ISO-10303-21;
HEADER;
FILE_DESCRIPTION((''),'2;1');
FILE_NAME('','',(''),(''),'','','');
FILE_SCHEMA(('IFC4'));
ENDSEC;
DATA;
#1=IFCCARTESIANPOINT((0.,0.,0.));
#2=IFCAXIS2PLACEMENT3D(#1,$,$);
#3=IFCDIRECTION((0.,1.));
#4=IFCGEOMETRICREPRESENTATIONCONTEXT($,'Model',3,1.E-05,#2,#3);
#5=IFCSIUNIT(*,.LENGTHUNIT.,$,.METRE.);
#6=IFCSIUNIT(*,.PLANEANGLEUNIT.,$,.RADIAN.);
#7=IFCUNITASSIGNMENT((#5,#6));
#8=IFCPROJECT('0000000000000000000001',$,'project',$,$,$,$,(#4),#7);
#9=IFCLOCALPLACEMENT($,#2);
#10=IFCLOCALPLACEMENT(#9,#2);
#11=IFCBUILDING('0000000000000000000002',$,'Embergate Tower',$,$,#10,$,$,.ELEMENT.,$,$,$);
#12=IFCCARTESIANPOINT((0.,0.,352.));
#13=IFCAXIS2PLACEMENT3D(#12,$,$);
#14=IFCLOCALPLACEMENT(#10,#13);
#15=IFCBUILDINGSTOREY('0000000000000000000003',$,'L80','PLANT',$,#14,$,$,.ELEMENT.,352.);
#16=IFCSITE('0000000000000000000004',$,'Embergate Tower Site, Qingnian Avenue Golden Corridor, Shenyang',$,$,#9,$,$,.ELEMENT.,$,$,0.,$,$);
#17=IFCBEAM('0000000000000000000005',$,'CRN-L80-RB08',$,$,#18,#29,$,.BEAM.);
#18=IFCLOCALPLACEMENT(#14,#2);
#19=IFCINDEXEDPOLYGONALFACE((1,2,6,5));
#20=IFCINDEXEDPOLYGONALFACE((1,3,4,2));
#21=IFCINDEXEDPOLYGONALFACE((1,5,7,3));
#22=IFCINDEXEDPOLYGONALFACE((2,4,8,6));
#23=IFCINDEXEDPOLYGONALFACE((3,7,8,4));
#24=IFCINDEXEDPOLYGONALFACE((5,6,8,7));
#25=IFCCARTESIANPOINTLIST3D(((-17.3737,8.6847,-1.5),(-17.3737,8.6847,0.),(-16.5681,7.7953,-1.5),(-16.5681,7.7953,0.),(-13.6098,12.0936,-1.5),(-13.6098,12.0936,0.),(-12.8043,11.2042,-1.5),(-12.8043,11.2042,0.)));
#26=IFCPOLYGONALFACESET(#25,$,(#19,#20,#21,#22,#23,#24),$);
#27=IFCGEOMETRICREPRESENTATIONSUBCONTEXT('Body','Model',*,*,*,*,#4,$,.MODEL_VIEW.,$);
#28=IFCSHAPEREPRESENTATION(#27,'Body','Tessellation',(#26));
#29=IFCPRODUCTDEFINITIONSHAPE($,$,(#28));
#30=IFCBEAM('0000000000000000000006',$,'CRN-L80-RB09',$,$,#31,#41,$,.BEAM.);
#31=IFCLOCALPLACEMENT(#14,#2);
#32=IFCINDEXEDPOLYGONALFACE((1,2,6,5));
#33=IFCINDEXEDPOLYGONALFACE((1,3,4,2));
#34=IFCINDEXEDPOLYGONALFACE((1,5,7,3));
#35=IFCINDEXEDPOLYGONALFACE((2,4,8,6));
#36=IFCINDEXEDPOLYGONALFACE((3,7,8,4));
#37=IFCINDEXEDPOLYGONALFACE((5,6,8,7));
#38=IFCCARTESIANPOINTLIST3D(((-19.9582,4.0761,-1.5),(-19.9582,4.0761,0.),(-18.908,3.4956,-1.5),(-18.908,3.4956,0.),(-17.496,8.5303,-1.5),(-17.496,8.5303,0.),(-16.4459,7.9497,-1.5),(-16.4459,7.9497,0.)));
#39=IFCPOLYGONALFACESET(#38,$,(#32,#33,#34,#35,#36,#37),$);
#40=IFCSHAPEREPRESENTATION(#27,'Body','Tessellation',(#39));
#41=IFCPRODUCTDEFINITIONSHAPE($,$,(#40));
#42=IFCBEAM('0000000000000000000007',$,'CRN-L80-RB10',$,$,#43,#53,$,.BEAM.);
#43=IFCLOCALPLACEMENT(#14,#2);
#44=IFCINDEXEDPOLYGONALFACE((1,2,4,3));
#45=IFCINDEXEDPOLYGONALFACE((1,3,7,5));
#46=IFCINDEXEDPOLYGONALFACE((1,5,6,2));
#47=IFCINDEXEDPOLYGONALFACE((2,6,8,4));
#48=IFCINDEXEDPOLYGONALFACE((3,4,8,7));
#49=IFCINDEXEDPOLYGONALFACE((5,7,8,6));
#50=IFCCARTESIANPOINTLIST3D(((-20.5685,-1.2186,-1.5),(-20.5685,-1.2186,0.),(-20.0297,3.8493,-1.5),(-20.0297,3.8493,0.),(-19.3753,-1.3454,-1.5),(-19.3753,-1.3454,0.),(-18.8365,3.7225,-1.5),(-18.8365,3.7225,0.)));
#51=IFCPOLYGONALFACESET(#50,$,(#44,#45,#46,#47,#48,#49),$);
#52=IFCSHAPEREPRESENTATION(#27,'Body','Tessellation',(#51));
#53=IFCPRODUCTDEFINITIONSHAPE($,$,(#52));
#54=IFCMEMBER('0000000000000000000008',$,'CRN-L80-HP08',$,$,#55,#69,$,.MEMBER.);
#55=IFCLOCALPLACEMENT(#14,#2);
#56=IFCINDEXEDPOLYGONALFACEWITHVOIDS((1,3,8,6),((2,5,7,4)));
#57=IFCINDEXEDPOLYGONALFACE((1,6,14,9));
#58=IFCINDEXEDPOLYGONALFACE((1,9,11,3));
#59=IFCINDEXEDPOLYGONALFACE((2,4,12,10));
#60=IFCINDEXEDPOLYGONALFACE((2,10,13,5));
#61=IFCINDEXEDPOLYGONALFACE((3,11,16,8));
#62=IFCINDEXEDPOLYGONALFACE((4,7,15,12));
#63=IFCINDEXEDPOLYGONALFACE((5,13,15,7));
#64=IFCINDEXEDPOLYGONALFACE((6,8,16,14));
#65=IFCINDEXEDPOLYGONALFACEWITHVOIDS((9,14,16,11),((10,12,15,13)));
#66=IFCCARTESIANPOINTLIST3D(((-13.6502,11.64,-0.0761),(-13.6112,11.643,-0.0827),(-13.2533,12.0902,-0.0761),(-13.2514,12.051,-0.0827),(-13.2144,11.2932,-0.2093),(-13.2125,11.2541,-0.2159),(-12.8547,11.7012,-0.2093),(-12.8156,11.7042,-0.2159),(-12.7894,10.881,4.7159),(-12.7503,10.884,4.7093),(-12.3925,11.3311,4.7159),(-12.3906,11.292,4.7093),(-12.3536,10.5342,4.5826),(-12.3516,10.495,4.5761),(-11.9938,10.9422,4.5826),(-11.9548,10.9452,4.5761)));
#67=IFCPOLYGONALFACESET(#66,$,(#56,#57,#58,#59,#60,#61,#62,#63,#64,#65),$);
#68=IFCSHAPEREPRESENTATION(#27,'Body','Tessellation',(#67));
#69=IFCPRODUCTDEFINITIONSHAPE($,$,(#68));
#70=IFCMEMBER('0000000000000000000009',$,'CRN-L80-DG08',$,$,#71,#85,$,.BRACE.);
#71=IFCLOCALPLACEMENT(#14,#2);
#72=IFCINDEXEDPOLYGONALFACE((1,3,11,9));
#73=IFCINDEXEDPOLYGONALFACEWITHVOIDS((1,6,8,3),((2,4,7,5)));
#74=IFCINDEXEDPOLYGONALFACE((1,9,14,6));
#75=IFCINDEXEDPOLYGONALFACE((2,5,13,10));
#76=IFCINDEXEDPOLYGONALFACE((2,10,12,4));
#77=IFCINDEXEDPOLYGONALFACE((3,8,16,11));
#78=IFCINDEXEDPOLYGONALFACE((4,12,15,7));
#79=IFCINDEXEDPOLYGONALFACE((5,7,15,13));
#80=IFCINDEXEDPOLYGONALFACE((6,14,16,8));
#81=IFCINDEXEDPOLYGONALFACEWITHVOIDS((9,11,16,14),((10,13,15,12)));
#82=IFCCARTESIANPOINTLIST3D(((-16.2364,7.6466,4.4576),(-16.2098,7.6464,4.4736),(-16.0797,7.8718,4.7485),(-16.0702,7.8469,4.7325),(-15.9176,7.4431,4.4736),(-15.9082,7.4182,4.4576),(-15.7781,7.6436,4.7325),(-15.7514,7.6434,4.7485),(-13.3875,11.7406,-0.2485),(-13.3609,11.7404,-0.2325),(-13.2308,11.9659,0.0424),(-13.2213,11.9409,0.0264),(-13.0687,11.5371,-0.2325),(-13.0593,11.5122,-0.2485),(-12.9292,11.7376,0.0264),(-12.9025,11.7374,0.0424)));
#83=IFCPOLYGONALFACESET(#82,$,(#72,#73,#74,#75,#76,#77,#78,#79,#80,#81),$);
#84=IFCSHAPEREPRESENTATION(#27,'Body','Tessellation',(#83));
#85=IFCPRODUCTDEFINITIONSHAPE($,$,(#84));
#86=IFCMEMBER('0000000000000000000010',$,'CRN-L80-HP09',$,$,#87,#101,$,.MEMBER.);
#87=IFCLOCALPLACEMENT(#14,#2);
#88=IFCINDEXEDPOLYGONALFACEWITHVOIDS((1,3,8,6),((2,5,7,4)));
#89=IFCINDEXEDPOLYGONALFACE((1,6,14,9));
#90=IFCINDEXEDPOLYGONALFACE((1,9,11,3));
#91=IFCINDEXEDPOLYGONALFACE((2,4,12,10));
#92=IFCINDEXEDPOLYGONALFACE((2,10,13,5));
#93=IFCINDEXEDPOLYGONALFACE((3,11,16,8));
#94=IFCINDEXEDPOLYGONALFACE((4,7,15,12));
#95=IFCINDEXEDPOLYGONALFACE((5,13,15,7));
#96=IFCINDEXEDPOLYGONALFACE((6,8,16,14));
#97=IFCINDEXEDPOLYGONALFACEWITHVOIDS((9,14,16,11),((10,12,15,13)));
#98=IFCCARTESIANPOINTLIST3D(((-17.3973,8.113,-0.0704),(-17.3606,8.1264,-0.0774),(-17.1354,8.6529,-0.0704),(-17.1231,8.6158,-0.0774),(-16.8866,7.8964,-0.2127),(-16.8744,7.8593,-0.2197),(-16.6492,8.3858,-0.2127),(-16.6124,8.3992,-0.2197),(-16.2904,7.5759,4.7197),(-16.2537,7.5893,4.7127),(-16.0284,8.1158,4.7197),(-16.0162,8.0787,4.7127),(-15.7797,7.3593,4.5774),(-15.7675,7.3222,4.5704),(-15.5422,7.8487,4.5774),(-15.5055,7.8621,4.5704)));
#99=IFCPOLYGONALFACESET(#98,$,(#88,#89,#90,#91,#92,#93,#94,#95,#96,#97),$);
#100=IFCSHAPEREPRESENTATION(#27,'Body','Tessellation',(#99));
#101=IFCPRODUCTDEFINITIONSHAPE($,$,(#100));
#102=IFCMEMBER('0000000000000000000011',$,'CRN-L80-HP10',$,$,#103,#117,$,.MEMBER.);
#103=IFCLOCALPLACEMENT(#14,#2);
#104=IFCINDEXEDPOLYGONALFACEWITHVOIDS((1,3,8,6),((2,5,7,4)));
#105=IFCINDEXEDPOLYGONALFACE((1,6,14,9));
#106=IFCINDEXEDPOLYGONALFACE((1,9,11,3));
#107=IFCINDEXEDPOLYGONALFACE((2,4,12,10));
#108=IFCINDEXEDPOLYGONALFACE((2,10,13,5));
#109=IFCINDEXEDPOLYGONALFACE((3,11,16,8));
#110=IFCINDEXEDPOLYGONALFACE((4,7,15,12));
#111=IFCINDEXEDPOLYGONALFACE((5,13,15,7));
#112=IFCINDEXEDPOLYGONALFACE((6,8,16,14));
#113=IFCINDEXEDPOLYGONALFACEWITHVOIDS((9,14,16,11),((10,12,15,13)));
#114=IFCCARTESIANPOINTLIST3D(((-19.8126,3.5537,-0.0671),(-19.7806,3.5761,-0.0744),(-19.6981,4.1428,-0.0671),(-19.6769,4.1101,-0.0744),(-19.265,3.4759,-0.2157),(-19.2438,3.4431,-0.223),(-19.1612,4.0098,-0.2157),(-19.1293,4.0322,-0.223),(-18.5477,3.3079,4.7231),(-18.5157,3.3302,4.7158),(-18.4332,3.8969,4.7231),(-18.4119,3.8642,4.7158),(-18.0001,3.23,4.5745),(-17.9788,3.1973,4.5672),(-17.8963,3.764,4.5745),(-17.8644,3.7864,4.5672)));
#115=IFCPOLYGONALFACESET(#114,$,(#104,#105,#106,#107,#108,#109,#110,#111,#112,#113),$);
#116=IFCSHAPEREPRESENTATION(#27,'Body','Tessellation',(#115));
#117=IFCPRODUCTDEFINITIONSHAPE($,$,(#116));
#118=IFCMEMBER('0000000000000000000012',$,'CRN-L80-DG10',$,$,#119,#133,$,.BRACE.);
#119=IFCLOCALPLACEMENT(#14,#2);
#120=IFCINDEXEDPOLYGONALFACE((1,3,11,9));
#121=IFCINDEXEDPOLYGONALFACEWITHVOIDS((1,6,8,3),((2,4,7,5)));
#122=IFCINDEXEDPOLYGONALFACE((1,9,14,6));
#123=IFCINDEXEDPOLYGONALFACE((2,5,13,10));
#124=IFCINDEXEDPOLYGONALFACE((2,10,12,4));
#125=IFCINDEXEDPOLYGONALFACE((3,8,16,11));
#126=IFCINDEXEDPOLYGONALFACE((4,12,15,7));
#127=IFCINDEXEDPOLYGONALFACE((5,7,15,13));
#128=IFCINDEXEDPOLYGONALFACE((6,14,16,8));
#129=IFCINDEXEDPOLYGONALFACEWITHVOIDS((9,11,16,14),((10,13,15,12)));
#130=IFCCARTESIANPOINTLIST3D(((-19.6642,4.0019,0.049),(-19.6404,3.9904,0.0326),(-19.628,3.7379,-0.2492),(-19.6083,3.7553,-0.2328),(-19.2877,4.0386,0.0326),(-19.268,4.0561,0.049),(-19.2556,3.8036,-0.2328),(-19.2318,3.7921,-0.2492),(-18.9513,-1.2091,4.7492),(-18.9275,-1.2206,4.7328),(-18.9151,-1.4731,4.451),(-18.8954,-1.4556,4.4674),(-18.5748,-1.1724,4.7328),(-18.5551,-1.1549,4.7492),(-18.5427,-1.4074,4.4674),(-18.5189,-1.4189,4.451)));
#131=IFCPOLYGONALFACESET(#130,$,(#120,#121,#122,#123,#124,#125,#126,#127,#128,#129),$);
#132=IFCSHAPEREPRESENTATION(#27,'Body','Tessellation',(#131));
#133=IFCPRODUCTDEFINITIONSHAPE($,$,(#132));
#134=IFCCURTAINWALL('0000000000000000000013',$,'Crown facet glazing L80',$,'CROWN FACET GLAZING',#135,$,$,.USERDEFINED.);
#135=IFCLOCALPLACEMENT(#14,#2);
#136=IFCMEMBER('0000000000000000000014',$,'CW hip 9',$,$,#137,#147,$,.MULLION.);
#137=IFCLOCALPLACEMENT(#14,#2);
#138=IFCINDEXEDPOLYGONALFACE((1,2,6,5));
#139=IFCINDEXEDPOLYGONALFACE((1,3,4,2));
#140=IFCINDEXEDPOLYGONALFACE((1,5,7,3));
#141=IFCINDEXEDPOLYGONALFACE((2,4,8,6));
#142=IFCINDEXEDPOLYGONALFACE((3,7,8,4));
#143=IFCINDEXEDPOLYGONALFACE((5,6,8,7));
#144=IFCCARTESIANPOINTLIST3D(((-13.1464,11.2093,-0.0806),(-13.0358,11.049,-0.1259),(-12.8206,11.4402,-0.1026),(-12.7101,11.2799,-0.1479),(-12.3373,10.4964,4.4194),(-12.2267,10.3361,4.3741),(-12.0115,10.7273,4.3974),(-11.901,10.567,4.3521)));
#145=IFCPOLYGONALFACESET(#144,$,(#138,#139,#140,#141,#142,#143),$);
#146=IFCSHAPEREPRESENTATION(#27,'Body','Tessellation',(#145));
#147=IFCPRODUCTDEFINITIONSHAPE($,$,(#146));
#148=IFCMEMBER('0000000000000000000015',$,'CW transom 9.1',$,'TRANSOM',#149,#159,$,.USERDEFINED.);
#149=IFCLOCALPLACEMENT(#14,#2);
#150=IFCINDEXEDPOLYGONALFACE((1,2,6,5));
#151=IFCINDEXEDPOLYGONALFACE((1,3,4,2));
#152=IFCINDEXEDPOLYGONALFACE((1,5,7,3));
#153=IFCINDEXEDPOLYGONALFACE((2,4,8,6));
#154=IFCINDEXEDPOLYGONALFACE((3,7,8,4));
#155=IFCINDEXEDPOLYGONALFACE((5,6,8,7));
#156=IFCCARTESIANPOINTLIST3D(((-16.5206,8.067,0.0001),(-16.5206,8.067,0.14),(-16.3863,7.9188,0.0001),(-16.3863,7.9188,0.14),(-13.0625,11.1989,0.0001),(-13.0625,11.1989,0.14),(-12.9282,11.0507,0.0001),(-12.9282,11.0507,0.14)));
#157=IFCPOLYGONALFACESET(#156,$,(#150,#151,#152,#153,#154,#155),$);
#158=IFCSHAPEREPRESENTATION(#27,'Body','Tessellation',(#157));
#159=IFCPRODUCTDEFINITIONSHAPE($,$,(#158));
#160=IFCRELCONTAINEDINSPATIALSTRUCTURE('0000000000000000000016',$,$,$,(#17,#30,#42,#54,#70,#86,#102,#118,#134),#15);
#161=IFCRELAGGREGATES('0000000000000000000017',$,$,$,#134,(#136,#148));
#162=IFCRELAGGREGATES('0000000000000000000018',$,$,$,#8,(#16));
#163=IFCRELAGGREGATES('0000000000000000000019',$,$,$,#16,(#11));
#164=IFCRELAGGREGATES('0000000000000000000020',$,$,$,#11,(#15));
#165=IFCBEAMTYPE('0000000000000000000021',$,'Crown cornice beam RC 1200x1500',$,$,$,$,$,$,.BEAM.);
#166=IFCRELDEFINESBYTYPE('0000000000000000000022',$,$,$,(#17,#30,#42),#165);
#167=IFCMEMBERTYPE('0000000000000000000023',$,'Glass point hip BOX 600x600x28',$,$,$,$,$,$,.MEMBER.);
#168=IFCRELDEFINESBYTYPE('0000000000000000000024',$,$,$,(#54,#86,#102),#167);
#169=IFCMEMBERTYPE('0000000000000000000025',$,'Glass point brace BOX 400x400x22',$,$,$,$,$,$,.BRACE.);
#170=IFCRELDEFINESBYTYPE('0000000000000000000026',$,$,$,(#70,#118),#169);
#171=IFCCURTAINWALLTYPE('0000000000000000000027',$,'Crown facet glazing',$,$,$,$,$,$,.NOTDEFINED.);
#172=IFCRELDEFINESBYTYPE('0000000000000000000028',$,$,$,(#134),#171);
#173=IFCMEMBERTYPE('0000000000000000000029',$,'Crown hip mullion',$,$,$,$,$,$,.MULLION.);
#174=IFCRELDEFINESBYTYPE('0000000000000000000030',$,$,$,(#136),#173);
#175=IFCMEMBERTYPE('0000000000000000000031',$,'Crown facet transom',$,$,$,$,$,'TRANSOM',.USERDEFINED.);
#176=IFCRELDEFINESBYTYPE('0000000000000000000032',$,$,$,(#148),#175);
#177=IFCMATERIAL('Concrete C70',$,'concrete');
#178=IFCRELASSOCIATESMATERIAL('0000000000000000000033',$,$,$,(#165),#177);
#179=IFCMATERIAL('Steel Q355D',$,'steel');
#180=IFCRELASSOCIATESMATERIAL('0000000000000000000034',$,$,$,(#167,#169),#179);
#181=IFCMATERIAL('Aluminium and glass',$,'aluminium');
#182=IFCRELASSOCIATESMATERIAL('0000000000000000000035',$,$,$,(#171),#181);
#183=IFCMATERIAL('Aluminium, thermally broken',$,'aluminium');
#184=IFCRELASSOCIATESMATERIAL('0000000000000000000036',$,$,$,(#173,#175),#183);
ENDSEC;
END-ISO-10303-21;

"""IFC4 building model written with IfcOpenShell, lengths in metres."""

from ifc_helpers import new_model, si_unit, direction, frame, origin, origin_2d, place, context, subcontext, project, spatial, rectangle, hollow_rectangle, extrude, source, transform, mapped, material, material_profile, profile_set, type_object, element, aggregate, save


model = new_model("IFC4")

# Units and contexts
model_context = context("Model", 3, precision=1e-05, world=origin(), true_north=direction((0.0, 1.0)))
body_context = subcontext(model_context, "Body", "Model", "MODEL_VIEW")
ifc_project = project(units=[si_unit("LENGTHUNIT", "METRE"), si_unit("PLANEANGLEUNIT", "RADIAN")], contexts=[model_context])

# Site, building, storey
site_placement = place(None, origin())
site = spatial("IfcSite", under=ifc_project, at=site_placement, Name="Embergate Tower Site, Qingnian Avenue Golden Corridor, Shenyang", CompositionType="ELEMENT", RefElevation=0.0)
building_placement = place(site_placement, origin())
building = spatial("IfcBuilding", under=site, at=building_placement, Name="Embergate Tower", CompositionType="ELEMENT")
storey_placement = place(building_placement, frame((0.0, 0.0, 352.0)))
storey = spatial("IfcBuildingStorey", under=building, at=storey_placement, Name="L80", Description="PLANT", CompositionType="ELEMENT", Elevation=352.0)

# Beams
ifc_material_1 = material(Name="Concrete C70", Category="concrete")
ifc_material_profile_1 = material_profile(ifc_material_1, rectangle(XDim=1.2, YDim=1.5, at=origin_2d()), Name="RC 1200x1500")
ifc_profile_set_1 = profile_set([ifc_material_profile_1], Name="Concrete C70")
beam_type = type_object("IfcBeamType", Name="Crown cornice beam RC 1200x1500", PredefinedType="BEAM", material=ifc_profile_set_1)
shared_shape_1 = source(origin(), body_context, "Body", "SweptSolid", [
    extrude(rectangle(XDim=1.2, YDim=1.5, at=origin_2d()), origin(), (0.0, 0.0, 1.0), 5.0781),
])
beam_1_placement = place(storey_placement, frame((-13.207, 11.6489, -0.75), z_axis=(-0.741194, -0.671291, 0.0), x_axis=(0.671291, -0.741194, 0.0)))
element("IfcBeam", 1, at=beam_1_placement, inside=storey, type_object=beam_type, Name="CRN-L80-RB08", PredefinedType="BEAM", context=body_context, shape_type="MappedRepresentation", body=[
    mapped(shared_shape_1, transform((0.0, 0.0, 0.0))),
])
shared_shape_2 = source(origin(), body_context, "Body", "SweptSolid", [
    extrude(rectangle(XDim=1.2, YDim=1.5, at=origin_2d()), origin(), (0.0, 0.0, 1.0), 5.0894),
])
beam_2_placement = place(storey_placement, frame((-16.9709, 8.24, -0.75), z_axis=(-0.483789, -0.875185, 0.0), x_axis=(0.875185, -0.483789, 0.0)))
element("IfcBeam", 2, at=beam_2_placement, inside=storey, type_object=beam_type, Name="CRN-L80-RB09", PredefinedType="BEAM", context=body_context, shape_type="MappedRepresentation", body=[
    mapped(shared_shape_2, transform((0.0, 0.0, 0.0))),
])
shared_shape_3 = source(origin(), body_context, "Body", "SweptSolid", [
    extrude(rectangle(XDim=1.2, YDim=1.5, at=origin_2d()), origin(), (0.0, 0.0, 1.0), 5.0964),
])
beam_3_placement = place(storey_placement, frame((-19.4331, 3.7859, -0.75), z_axis=(-0.105725, -0.994395, 0.0), x_axis=(0.994395, -0.105725, 0.0)))
element("IfcBeam", 3, at=beam_3_placement, inside=storey, type_object=beam_type, Name="CRN-L80-RB10", PredefinedType="BEAM", context=body_context, shape_type="MappedRepresentation", body=[
    mapped(shared_shape_3, transform((0.0, 0.0, 0.0))),
])

# Members
ifc_material_2 = material(Name="Steel Q355D", Category="steel")
ifc_material_profile_2 = material_profile(ifc_material_2, hollow_rectangle(XDim=0.6001, YDim=0.6001, WallThickness=0.0281, at=origin_2d()), Name="BOX 600x600x28")
ifc_profile_set_2 = profile_set([ifc_material_profile_2], Name="Steel Q355 grade D")
member_type_1 = type_object("IfcMemberType", Name="Glass point hip BOX 600x600x28", PredefinedType="MEMBER", material=ifc_profile_set_2)
shared_shape_4 = source(origin(), body_context, "Body", "SweptSolid", [
    extrude(hollow_rectangle(XDim=0.6001, YDim=0.6001, WallThickness=0.0281, at=origin_2d()), origin(), (0.0, 0.0, 1.0), 4.9275),
])
member_1_placement = place(storey_placement, frame((-13.2329, 11.6721, -0.146), z_axis=(0.174701, -0.15404, 0.972497), x_axis=(0.661361, 0.750068, 0.0)))
element("IfcMember", 4, at=member_1_placement, inside=storey, type_object=member_type_1, Name="CRN-L80-HP08", PredefinedType="MEMBER", context=body_context, shape_type="MappedRepresentation", body=[
    mapped(shared_shape_4, transform((0.0, 0.0, 0.0))),
])
ifc_material_profile_3 = material_profile(ifc_material_2, hollow_rectangle(XDim=0.3999, YDim=0.3999, WallThickness=0.022, at=origin_2d()), Name="BOX 400x400x22")
ifc_profile_set_3 = profile_set([ifc_material_profile_3], Name="Steel Q355 grade D")
member_type_2 = type_object("IfcMemberType", Name="Glass point brace BOX 400x400x22", PredefinedType="BRACE", material=ifc_profile_set_3)
shared_shape_5 = source(origin(), body_context, "Body", "SweptSolid", [
    extrude(hollow_rectangle(XDim=0.3999, YDim=0.3999, WallThickness=0.022, at=origin_2d()), origin(), (0.0, 0.0, 1.0), 6.8574),
])
member_2_placement = place(storey_placement, frame((-13.145, 11.739, -0.103), z_axis=(-0.415446, -0.597019, 0.686275), x_axis=(0.820822, -0.571184, 0.0)))
element("IfcMember", 5, at=member_2_placement, inside=storey, type_object=member_type_2, Name="CRN-L80-DG08", PredefinedType="BRACE", context=body_context, shape_type="MappedRepresentation", body=[
    mapped(shared_shape_5, transform((0.0, 0.0, 0.0))),
])
shared_shape_6 = source(origin(), body_context, "Body", "SweptSolid", [
    extrude(hollow_rectangle(XDim=0.6001, YDim=0.6001, WallThickness=0.0281, at=origin_2d()), origin(), (0.0, 0.0, 1.0), 4.9456),
])
member_3_placement = place(storey_placement, frame((-17.0049, 8.2561, -0.145), z_axis=(0.223825, -0.108605, 0.968559), x_axis=(0.436546, 0.899682, 0.0)))
element("IfcMember", 6, at=member_3_placement, inside=storey, type_object=member_type_1, Name="CRN-L80-HP09", PredefinedType="MEMBER", context=body_context, shape_type="MappedRepresentation", body=[
    mapped(shared_shape_6, transform((0.0, 0.0, 0.0))),
])
shared_shape_7 = source(origin(), body_context, "Body", "SweptSolid", [
    extrude(hollow_rectangle(XDim=0.6001, YDim=0.6001, WallThickness=0.0281, at=origin_2d()), origin(), (0.0, 0.0, 1.0), 4.9604),
])
member_4_placement = place(storey_placement, frame((-19.4709, 3.793, -0.145), z_axis=(0.255002, -0.049563, 0.96567), x_axis=(0.190794, 0.98163, 0.0)))
element("IfcMember", 7, at=member_4_placement, inside=storey, type_object=member_type_1, Name="CRN-L80-HP10", PredefinedType="MEMBER", context=body_context, shape_type="MappedRepresentation", body=[
    mapped(shared_shape_7, transform((0.0, 0.0, 0.0))),
])
shared_shape_8 = source(origin(), body_context, "Body", "SweptSolid", [
    extrude(hollow_rectangle(XDim=0.3999, YDim=0.3999, WallThickness=0.022, at=origin_2d()), origin(), (0.0, 0.0, 1.0), 7.0537),
])
member_5_placement = place(storey_placement, frame((-19.448, 3.897, -0.1001), z_axis=(0.101067, -0.738758, 0.66635), x_axis=(0.990771, 0.135544, 0.0)))
element("IfcMember", 8, at=member_5_placement, inside=storey, type_object=member_type_2, Name="CRN-L80-DG10", PredefinedType="BRACE", context=body_context, shape_type="MappedRepresentation", body=[
    mapped(shared_shape_8, transform((0.0, 0.0, 0.0))),
])

# Curtain wall, members
ifc_material_3 = material(Name="Aluminium and glass", Category="aluminium")
curtain_wall_type = type_object("IfcCurtainWallType", Name="Crown facet glazing", PredefinedType="NOTDEFINED", material=ifc_material_3)
curtain_wall_placement = place(storey_placement, origin())
curtain_wall = element("IfcCurtainWall", 9, at=curtain_wall_placement, inside=storey, type_object=curtain_wall_type, Name="Crown facet glazing L80", ObjectType="CROWN FACET GLAZING", PredefinedType="USERDEFINED")
ifc_material_4 = material(Name="Aluminium, thermally broken", Category="aluminium")
ifc_material_profile_4 = material_profile(ifc_material_4, rectangle(XDim=0.2, YDim=0.3999, at=origin_2d()), Name="AL 400x200")
ifc_profile_set_4 = profile_set([ifc_material_profile_4], Name="Aluminium, thermally broken")
member_type_3 = type_object("IfcMemberType", Name="Crown hip mullion", PredefinedType="MULLION", material=ifc_profile_set_4)
shared_shape_9 = source(origin(), body_context, "Body", "SweptSolid", [
    extrude(rectangle(XDim=0.2, YDim=0.3999, at=origin_2d()), origin(), (0.0, 0.0, 1.0), 4.6274),
])
member_6_placement = place(storey_placement, frame((-12.9282, 11.2446, -0.1143), z_axis=(0.174846, -0.154059, 0.972468), x_axis=(-0.553027, 0.801798, 0.226453)))
member_6 = element("IfcMember", 10, at=member_6_placement, type_object=member_type_3, Name="CW hip 9", PredefinedType="MULLION", context=body_context, shape_type="MappedRepresentation", body=[
    mapped(shared_shape_9, transform((0.0, 0.0, 0.0))),
])
ifc_material_profile_5 = material_profile(ifc_material_4, rectangle(XDim=0.2, YDim=0.1399, at=origin_2d()), Name="AL 140x200")
ifc_profile_set_5 = profile_set([ifc_material_profile_5], Name="Aluminium, thermally broken")
member_type_4 = type_object("IfcMemberType", Name="Crown facet transom", ElementType="TRANSOM", PredefinedType="USERDEFINED", material=ifc_profile_set_5)
shared_shape_10 = source(origin(), body_context, "Body", "SweptSolid", [
    extrude(rectangle(XDim=0.2, YDim=0.1399, at=origin_2d()), origin(), (0.0, 0.0, 1.0), 4.6655),
])
member_7_placement = place(storey_placement, frame((-12.9954, 11.1248, 0.0701), z_axis=(-0.741198, -0.671286, 0.0), x_axis=(0.671286, -0.741198, 0.0)))
member_7 = element("IfcMember", 11, at=member_7_placement, type_object=member_type_4, Name="CW transom 9.1", ObjectType="TRANSOM", PredefinedType="USERDEFINED", context=body_context, shape_type="MappedRepresentation", body=[
    mapped(shared_shape_10, transform((0.0, 0.0, 0.0))),
])
aggregate(curtain_wall, [member_6, member_7])

save(model, "model.ifc")
